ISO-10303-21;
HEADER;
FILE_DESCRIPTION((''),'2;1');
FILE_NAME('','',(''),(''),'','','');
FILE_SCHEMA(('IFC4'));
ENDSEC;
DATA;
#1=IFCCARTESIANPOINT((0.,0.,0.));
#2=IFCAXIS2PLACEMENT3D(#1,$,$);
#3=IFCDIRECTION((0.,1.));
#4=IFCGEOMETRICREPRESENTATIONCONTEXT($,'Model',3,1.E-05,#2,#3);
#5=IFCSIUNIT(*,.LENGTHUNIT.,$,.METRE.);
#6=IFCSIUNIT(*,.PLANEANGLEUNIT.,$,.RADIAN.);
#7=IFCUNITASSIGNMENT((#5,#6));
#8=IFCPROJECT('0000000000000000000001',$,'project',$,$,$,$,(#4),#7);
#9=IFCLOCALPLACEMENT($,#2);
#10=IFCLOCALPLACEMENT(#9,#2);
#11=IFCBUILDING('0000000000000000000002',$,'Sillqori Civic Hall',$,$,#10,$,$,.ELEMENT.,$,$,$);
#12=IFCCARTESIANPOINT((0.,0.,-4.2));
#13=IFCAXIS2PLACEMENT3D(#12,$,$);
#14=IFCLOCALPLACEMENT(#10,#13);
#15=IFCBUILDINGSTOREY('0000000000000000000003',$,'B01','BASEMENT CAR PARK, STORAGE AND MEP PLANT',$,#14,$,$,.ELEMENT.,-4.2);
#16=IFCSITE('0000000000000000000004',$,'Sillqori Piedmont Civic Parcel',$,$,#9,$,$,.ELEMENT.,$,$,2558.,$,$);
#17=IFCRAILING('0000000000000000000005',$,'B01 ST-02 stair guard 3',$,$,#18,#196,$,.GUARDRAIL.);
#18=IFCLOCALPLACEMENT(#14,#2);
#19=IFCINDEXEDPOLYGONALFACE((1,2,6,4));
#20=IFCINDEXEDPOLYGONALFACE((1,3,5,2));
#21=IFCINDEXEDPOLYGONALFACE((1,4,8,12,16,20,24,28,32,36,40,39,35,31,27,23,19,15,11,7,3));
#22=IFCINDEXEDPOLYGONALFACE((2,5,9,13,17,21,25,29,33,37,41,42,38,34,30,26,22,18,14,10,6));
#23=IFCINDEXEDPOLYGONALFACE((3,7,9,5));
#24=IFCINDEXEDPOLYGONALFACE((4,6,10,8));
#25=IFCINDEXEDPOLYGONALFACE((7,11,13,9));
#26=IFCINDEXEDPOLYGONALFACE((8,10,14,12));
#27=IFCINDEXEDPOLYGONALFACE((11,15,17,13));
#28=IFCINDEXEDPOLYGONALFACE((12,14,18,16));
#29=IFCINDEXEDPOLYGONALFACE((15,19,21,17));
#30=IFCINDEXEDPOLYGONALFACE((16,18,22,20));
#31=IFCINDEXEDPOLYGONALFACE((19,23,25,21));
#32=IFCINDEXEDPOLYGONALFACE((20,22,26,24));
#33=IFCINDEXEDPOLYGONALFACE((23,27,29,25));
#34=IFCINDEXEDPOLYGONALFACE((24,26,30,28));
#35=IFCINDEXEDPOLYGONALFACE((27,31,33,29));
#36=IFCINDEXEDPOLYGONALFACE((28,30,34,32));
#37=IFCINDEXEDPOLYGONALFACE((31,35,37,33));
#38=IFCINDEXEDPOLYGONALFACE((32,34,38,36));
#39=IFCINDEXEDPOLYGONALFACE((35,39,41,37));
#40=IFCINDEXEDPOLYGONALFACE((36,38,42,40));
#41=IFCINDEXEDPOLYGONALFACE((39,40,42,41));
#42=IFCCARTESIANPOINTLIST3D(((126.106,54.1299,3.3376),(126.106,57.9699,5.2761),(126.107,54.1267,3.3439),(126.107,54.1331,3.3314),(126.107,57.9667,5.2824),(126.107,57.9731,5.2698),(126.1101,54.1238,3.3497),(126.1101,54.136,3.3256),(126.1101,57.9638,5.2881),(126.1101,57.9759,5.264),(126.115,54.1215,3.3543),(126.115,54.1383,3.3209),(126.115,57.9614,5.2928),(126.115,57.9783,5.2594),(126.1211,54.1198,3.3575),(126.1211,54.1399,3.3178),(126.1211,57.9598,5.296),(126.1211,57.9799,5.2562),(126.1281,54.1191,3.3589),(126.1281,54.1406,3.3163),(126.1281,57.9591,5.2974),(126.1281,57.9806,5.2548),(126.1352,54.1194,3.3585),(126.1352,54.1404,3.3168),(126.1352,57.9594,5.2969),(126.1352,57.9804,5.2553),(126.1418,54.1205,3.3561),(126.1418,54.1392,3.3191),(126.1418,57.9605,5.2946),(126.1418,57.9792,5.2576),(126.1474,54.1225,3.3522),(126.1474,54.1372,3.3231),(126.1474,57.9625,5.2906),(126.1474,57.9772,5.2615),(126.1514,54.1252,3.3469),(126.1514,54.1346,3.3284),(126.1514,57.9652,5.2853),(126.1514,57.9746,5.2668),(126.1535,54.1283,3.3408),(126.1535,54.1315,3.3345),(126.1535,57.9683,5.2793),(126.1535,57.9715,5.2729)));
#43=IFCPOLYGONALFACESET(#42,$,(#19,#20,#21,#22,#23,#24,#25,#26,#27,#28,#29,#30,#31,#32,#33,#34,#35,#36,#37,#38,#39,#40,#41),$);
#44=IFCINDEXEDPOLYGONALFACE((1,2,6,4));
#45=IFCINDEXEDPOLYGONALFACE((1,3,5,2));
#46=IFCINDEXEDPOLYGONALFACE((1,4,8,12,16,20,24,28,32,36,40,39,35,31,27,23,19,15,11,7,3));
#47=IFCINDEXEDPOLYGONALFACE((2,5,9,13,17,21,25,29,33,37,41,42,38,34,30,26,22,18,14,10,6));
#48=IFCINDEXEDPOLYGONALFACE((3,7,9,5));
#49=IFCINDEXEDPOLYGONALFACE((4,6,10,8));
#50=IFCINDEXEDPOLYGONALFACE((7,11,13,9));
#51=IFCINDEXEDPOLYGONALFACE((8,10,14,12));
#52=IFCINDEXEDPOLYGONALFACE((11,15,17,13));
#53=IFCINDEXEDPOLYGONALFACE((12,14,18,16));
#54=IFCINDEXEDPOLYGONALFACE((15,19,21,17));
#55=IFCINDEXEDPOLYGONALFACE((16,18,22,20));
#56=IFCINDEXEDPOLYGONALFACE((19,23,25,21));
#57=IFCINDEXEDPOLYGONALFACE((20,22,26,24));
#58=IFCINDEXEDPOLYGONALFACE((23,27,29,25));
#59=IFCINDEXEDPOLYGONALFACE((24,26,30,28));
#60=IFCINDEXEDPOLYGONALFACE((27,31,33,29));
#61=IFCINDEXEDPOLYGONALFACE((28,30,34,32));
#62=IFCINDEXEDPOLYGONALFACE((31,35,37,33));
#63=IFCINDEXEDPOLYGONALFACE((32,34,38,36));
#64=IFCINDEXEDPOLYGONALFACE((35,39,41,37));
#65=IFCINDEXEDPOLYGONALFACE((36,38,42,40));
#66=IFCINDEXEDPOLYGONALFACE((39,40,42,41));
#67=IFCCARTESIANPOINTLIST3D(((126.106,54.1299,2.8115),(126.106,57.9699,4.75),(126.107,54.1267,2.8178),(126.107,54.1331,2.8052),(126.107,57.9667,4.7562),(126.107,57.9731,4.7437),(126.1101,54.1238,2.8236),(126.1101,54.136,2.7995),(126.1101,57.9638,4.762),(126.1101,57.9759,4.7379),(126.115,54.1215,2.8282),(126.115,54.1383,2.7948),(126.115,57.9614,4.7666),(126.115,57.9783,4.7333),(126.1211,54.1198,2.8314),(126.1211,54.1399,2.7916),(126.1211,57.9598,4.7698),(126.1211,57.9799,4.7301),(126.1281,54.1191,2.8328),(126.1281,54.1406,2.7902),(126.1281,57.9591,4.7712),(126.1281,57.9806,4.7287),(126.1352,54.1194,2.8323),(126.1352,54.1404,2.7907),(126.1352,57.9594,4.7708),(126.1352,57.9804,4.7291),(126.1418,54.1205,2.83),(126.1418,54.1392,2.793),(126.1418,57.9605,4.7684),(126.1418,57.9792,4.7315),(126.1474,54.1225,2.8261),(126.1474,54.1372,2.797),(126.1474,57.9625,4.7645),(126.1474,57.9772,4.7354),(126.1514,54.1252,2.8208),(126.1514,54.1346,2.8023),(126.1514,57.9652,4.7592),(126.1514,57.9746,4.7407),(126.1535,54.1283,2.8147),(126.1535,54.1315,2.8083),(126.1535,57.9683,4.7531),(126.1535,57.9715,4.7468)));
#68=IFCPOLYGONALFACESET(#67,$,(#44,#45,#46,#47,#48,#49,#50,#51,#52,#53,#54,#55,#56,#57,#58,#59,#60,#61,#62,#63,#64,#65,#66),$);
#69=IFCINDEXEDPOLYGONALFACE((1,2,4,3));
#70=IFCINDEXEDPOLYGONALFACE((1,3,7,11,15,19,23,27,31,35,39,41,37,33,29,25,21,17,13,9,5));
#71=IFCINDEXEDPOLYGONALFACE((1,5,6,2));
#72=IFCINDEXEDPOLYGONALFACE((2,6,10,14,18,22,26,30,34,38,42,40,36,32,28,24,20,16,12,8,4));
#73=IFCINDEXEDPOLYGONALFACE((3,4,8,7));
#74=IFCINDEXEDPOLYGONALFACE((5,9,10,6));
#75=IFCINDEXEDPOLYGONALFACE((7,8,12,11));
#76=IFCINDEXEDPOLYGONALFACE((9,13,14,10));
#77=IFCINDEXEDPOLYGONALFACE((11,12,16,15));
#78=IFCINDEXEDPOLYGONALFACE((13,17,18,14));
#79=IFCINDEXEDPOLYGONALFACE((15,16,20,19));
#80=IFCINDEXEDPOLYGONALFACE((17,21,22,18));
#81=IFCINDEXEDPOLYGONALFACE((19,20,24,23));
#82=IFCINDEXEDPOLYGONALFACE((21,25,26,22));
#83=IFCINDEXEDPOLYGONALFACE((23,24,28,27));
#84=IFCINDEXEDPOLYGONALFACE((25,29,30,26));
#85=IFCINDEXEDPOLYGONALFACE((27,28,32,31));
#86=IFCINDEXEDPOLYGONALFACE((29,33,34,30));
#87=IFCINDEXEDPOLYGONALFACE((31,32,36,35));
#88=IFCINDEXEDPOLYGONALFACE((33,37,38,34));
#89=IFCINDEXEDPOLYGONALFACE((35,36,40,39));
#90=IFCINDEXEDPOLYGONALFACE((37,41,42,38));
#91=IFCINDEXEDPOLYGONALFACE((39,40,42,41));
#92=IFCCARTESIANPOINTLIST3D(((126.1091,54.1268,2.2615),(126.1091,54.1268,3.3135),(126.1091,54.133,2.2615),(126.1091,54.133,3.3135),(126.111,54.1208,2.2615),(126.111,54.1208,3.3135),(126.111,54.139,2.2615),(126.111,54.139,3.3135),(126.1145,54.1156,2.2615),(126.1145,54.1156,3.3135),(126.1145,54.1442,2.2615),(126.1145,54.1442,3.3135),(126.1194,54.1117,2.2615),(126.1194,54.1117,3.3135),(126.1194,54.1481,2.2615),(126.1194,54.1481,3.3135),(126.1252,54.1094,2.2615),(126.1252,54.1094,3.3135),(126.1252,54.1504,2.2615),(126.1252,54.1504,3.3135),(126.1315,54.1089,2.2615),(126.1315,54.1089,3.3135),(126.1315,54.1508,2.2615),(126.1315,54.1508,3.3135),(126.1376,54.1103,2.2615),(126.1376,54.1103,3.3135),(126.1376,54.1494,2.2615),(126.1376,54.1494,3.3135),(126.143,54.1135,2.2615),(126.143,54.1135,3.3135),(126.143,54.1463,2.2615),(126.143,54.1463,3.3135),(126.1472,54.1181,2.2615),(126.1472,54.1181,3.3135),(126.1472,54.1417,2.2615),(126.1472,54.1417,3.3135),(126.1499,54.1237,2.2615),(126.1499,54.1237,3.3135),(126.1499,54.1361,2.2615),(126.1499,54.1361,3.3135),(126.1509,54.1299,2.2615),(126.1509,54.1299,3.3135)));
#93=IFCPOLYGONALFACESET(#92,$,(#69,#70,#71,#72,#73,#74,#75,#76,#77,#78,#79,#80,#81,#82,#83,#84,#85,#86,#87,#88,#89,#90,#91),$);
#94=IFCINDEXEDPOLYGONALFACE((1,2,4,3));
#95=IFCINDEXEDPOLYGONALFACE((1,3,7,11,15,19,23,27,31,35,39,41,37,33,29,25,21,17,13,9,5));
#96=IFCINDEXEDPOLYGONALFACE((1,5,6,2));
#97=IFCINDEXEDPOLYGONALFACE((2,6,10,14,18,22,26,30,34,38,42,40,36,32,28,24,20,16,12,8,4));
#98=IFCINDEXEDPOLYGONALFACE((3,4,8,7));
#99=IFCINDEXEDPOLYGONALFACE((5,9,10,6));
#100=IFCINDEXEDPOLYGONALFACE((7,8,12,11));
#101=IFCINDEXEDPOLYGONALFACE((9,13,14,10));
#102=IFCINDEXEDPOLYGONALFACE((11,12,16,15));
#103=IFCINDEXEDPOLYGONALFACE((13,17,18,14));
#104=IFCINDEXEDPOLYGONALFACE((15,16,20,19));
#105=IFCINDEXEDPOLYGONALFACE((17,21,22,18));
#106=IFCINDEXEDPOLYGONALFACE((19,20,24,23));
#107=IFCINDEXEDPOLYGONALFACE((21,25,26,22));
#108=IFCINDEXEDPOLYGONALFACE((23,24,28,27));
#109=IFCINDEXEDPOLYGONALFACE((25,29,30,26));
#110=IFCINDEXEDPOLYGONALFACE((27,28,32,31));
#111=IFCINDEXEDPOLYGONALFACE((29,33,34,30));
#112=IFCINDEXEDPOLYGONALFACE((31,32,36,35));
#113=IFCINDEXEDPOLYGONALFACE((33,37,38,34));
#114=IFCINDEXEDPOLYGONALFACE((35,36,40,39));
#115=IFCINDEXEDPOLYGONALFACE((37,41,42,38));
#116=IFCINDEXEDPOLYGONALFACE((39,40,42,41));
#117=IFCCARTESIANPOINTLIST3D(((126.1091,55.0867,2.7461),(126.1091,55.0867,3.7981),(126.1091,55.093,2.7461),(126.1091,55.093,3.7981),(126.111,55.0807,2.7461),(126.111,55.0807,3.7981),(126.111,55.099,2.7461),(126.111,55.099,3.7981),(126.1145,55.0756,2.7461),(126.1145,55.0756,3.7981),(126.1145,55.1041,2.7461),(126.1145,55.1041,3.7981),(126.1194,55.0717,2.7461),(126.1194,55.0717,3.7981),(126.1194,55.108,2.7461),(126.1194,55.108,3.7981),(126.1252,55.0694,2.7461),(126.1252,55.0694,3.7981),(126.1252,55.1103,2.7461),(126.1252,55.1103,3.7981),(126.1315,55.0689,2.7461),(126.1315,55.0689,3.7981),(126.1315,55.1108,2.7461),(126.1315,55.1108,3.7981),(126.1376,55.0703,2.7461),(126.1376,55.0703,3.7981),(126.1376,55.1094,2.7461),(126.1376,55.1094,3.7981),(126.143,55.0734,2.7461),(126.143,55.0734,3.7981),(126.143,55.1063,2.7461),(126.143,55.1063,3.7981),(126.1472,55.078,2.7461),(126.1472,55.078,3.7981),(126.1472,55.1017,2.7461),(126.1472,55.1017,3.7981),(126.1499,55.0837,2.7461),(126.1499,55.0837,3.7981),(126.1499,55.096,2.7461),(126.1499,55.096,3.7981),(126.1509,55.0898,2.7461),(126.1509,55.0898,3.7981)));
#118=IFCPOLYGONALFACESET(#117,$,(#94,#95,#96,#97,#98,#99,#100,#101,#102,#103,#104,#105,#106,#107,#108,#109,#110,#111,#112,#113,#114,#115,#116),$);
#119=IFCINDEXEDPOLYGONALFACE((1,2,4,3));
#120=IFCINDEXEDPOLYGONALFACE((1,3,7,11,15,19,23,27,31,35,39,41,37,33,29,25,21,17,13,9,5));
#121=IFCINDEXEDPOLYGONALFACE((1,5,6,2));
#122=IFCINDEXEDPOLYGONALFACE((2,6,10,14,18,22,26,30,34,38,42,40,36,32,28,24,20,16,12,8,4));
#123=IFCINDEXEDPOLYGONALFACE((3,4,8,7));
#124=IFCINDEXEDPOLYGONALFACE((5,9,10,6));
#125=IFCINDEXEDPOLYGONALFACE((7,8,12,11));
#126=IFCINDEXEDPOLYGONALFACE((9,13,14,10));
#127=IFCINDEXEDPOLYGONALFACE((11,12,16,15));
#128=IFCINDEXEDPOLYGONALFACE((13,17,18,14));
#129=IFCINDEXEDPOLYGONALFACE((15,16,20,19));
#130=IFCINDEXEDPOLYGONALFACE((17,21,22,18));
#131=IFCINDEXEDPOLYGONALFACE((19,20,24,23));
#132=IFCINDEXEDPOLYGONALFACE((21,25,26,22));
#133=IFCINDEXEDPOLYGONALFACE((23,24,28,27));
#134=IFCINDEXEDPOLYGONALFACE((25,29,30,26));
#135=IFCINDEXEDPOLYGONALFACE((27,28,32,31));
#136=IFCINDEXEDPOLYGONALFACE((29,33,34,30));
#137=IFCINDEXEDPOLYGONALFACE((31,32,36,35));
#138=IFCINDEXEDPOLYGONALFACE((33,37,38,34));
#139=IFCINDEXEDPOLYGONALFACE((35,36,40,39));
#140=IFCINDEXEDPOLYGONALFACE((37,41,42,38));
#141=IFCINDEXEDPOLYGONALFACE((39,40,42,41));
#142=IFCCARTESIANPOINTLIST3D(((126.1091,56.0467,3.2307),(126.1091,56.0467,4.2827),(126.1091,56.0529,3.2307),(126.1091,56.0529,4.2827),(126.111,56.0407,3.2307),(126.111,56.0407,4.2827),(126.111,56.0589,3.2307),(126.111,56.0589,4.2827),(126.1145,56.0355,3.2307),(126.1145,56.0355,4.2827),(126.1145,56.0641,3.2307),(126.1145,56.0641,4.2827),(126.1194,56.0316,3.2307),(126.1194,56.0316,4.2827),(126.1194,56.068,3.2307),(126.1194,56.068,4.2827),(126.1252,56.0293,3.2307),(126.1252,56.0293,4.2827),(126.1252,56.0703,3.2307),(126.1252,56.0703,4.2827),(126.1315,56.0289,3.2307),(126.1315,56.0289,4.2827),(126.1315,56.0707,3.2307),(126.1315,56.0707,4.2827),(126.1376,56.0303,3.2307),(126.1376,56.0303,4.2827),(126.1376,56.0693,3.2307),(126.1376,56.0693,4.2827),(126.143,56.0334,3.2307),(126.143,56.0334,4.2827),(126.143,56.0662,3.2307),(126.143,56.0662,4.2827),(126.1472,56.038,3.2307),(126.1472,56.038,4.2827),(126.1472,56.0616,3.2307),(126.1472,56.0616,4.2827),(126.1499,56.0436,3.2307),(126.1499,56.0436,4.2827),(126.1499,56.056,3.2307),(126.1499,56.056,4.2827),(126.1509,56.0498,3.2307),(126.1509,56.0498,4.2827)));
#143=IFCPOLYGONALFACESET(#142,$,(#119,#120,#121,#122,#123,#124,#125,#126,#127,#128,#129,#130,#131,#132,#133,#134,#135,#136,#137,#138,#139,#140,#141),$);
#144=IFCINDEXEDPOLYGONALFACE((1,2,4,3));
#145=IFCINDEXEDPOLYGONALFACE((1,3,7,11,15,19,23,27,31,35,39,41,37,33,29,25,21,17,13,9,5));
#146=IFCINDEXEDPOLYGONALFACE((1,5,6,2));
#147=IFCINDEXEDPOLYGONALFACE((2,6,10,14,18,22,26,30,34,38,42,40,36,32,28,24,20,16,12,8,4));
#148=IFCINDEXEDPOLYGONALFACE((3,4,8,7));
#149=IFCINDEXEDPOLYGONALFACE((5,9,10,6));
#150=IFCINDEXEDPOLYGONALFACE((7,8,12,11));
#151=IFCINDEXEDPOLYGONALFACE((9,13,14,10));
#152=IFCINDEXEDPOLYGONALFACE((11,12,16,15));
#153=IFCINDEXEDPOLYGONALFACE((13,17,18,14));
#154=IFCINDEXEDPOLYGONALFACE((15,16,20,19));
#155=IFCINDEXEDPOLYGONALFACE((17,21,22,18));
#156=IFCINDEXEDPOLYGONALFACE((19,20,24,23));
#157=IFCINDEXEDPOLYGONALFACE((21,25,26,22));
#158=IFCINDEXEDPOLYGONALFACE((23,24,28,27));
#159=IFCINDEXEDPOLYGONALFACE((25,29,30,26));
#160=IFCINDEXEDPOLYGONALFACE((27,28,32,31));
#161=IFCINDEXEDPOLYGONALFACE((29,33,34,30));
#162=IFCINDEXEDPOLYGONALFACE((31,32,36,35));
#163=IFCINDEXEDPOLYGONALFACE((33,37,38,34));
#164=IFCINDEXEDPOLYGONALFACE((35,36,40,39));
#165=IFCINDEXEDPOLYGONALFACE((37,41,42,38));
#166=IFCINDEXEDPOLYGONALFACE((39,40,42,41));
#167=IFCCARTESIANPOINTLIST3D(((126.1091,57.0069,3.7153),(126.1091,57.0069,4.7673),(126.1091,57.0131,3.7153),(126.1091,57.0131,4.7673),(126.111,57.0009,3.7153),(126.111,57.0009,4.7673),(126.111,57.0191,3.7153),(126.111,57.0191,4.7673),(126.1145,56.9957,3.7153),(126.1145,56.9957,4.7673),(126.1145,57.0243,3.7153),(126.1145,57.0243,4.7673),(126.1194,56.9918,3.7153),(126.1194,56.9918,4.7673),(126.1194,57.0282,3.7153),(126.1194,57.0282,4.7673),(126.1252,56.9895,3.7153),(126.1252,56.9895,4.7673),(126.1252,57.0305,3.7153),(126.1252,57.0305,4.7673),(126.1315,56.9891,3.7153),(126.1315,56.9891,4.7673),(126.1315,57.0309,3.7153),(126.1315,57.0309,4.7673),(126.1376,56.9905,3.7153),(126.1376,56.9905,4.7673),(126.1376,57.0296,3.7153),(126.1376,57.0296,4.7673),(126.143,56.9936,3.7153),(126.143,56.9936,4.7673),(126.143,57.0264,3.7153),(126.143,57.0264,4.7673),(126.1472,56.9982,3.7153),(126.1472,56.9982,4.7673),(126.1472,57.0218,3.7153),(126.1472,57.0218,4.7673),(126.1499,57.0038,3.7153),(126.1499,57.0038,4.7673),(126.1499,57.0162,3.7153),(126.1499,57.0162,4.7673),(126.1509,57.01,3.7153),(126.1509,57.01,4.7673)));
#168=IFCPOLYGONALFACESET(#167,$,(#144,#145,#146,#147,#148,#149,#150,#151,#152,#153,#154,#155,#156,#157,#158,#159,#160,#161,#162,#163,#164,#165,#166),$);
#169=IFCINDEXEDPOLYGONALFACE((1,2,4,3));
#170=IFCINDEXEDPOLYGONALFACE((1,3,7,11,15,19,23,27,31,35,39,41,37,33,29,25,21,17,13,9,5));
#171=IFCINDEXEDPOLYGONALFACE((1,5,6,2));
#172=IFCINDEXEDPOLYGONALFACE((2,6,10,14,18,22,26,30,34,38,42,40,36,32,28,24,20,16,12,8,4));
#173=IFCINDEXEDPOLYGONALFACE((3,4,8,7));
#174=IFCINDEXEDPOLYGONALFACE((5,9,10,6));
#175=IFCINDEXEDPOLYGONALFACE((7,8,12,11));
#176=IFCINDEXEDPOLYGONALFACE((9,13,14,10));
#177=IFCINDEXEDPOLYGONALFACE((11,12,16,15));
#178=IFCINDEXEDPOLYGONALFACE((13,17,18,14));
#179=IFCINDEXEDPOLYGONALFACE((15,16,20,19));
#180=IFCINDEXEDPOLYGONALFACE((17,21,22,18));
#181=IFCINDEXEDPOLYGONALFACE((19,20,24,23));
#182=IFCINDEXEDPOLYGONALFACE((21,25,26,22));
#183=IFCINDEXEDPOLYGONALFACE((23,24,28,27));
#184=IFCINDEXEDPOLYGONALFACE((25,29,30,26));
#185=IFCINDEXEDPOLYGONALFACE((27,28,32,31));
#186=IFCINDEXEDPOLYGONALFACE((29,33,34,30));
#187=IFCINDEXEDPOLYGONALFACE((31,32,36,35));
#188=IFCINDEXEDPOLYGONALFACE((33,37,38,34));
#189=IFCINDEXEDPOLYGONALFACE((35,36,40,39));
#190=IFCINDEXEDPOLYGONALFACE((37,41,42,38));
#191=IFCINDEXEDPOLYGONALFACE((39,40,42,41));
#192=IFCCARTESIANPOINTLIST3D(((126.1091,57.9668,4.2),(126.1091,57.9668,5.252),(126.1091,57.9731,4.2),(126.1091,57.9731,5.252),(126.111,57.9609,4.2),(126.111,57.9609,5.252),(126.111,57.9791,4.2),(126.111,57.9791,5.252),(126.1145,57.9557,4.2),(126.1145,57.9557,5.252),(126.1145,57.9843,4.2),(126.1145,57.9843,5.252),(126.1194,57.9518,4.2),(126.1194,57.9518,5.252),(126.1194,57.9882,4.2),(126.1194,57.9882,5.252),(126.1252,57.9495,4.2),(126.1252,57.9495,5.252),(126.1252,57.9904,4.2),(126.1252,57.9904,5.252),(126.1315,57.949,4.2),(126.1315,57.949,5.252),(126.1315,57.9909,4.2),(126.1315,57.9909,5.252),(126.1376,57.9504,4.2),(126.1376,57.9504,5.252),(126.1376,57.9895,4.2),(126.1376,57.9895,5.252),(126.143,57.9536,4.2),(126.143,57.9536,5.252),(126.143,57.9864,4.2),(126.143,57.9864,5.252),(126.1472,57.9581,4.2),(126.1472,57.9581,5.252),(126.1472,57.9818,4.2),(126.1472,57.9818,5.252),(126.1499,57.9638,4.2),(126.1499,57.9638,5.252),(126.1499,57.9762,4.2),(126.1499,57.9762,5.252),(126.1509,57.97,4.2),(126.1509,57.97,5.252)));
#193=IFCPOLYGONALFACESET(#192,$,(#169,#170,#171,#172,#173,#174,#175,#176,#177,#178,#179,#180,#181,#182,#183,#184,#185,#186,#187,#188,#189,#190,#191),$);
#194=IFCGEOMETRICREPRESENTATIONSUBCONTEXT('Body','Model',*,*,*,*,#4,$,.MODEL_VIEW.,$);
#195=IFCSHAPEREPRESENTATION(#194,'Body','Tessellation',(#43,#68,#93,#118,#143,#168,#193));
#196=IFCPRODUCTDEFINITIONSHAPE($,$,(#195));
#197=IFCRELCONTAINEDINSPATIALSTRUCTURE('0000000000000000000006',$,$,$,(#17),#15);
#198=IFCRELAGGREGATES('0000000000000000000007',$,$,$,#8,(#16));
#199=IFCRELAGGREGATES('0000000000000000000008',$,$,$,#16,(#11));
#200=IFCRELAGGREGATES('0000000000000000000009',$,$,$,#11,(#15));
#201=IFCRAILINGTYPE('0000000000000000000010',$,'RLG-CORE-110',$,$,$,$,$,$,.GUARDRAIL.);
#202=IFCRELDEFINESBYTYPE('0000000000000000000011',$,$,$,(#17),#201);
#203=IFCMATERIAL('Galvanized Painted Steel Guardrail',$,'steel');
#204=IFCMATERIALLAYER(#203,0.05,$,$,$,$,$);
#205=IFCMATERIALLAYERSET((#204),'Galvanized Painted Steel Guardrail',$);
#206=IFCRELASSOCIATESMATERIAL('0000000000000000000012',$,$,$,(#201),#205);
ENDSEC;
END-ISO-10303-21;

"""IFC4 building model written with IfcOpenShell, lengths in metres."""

from ifc_helpers import new_model, si_unit, direction, frame, origin, origin_2d, place, context, subcontext, project, spatial, circle, extrude, material, layer, layer_set, type_object, element, save


model = new_model("IFC4")

# Units and contexts
model_context = context("Model", 3, precision=1e-05, world=origin(), true_north=direction((0.0, 1.0)))
body_context = subcontext(model_context, "Body", "Model", "MODEL_VIEW")
ifc_project = project(units=[si_unit("LENGTHUNIT", "METRE"), si_unit("PLANEANGLEUNIT", "RADIAN")], contexts=[model_context])

# Site, building, storey
site_placement = place(None, origin())
site = spatial("IfcSite", under=ifc_project, at=site_placement, Name="Sillqori Piedmont Civic Parcel", CompositionType="ELEMENT", RefElevation=2558.0)
building_placement = place(site_placement, origin())
building = spatial("IfcBuilding", under=site, at=building_placement, Name="Sillqori Civic Hall", CompositionType="ELEMENT")
storey_placement = place(building_placement, frame((0.0, 0.0, -4.2)))
storey = spatial("IfcBuildingStorey", under=building, at=storey_placement, Name="B01", Description="BASEMENT CAR PARK, STORAGE AND MEP PLANT", CompositionType="ELEMENT", Elevation=-4.2)

# Railing
ifc_material_1 = material(Name="Galvanized Painted Steel Guardrail", Category="steel")
ifc_layer_1 = layer(ifc_material_1, 0.05)
ifc_layer_set_1 = layer_set([ifc_layer_1], Name="Galvanized Painted Steel Guardrail")
railing_type_1 = type_object("IfcRailingType", Name="RLG-CORE-110", PredefinedType="GUARDRAIL", material=ifc_layer_set_1)
railing_1_placement = place(storey_placement, frame((126.1299, 54.1299, 2.2615)))
element("IfcRailing", 1, at=railing_1_placement, inside=storey, type_object=railing_type_1, Name="B01 ST-02 stair guard 3", PredefinedType="GUARDRAIL", context=body_context, shape_type="SweptSolid", body=[
    extrude(circle(Radius=0.0239, at=origin_2d()), frame((0.0, 0.0, 1.0762), z_axis=(0.0, 0.892707, 0.450638), x_axis=(-1.0, 0.0, 0.0)), (0.0, 0.0, 1.0), 4.3015),
    extrude(circle(Radius=0.0239, at=origin_2d()), frame((0.0, 0.0, 0.55), z_axis=(0.0, 0.892707, 0.450638), x_axis=(-1.0, 0.0, 0.0)), (0.0, 0.0, 1.0), 4.3015),
    extrude(circle(Radius=0.021, at=origin_2d()), origin(), (0.0, 0.0, 1.0), 1.052),
    extrude(circle(Radius=0.021, at=origin_2d()), frame((0.0, 0.96, 0.4846)), (0.0, 0.0, 1.0), 1.052),
    extrude(circle(Radius=0.021, at=origin_2d()), frame((0.0, 1.9199, 0.9692)), (0.0, 0.0, 1.0), 1.052),
    extrude(circle(Radius=0.021, at=origin_2d()), frame((0.0, 2.8801, 1.4539)), (0.0, 0.0, 1.0), 1.052),
    extrude(circle(Radius=0.021, at=origin_2d()), frame((0.0, 3.8401, 1.9385)), (0.0, 0.0, 1.0), 1.052),
])

save(model, "model.ifc")
